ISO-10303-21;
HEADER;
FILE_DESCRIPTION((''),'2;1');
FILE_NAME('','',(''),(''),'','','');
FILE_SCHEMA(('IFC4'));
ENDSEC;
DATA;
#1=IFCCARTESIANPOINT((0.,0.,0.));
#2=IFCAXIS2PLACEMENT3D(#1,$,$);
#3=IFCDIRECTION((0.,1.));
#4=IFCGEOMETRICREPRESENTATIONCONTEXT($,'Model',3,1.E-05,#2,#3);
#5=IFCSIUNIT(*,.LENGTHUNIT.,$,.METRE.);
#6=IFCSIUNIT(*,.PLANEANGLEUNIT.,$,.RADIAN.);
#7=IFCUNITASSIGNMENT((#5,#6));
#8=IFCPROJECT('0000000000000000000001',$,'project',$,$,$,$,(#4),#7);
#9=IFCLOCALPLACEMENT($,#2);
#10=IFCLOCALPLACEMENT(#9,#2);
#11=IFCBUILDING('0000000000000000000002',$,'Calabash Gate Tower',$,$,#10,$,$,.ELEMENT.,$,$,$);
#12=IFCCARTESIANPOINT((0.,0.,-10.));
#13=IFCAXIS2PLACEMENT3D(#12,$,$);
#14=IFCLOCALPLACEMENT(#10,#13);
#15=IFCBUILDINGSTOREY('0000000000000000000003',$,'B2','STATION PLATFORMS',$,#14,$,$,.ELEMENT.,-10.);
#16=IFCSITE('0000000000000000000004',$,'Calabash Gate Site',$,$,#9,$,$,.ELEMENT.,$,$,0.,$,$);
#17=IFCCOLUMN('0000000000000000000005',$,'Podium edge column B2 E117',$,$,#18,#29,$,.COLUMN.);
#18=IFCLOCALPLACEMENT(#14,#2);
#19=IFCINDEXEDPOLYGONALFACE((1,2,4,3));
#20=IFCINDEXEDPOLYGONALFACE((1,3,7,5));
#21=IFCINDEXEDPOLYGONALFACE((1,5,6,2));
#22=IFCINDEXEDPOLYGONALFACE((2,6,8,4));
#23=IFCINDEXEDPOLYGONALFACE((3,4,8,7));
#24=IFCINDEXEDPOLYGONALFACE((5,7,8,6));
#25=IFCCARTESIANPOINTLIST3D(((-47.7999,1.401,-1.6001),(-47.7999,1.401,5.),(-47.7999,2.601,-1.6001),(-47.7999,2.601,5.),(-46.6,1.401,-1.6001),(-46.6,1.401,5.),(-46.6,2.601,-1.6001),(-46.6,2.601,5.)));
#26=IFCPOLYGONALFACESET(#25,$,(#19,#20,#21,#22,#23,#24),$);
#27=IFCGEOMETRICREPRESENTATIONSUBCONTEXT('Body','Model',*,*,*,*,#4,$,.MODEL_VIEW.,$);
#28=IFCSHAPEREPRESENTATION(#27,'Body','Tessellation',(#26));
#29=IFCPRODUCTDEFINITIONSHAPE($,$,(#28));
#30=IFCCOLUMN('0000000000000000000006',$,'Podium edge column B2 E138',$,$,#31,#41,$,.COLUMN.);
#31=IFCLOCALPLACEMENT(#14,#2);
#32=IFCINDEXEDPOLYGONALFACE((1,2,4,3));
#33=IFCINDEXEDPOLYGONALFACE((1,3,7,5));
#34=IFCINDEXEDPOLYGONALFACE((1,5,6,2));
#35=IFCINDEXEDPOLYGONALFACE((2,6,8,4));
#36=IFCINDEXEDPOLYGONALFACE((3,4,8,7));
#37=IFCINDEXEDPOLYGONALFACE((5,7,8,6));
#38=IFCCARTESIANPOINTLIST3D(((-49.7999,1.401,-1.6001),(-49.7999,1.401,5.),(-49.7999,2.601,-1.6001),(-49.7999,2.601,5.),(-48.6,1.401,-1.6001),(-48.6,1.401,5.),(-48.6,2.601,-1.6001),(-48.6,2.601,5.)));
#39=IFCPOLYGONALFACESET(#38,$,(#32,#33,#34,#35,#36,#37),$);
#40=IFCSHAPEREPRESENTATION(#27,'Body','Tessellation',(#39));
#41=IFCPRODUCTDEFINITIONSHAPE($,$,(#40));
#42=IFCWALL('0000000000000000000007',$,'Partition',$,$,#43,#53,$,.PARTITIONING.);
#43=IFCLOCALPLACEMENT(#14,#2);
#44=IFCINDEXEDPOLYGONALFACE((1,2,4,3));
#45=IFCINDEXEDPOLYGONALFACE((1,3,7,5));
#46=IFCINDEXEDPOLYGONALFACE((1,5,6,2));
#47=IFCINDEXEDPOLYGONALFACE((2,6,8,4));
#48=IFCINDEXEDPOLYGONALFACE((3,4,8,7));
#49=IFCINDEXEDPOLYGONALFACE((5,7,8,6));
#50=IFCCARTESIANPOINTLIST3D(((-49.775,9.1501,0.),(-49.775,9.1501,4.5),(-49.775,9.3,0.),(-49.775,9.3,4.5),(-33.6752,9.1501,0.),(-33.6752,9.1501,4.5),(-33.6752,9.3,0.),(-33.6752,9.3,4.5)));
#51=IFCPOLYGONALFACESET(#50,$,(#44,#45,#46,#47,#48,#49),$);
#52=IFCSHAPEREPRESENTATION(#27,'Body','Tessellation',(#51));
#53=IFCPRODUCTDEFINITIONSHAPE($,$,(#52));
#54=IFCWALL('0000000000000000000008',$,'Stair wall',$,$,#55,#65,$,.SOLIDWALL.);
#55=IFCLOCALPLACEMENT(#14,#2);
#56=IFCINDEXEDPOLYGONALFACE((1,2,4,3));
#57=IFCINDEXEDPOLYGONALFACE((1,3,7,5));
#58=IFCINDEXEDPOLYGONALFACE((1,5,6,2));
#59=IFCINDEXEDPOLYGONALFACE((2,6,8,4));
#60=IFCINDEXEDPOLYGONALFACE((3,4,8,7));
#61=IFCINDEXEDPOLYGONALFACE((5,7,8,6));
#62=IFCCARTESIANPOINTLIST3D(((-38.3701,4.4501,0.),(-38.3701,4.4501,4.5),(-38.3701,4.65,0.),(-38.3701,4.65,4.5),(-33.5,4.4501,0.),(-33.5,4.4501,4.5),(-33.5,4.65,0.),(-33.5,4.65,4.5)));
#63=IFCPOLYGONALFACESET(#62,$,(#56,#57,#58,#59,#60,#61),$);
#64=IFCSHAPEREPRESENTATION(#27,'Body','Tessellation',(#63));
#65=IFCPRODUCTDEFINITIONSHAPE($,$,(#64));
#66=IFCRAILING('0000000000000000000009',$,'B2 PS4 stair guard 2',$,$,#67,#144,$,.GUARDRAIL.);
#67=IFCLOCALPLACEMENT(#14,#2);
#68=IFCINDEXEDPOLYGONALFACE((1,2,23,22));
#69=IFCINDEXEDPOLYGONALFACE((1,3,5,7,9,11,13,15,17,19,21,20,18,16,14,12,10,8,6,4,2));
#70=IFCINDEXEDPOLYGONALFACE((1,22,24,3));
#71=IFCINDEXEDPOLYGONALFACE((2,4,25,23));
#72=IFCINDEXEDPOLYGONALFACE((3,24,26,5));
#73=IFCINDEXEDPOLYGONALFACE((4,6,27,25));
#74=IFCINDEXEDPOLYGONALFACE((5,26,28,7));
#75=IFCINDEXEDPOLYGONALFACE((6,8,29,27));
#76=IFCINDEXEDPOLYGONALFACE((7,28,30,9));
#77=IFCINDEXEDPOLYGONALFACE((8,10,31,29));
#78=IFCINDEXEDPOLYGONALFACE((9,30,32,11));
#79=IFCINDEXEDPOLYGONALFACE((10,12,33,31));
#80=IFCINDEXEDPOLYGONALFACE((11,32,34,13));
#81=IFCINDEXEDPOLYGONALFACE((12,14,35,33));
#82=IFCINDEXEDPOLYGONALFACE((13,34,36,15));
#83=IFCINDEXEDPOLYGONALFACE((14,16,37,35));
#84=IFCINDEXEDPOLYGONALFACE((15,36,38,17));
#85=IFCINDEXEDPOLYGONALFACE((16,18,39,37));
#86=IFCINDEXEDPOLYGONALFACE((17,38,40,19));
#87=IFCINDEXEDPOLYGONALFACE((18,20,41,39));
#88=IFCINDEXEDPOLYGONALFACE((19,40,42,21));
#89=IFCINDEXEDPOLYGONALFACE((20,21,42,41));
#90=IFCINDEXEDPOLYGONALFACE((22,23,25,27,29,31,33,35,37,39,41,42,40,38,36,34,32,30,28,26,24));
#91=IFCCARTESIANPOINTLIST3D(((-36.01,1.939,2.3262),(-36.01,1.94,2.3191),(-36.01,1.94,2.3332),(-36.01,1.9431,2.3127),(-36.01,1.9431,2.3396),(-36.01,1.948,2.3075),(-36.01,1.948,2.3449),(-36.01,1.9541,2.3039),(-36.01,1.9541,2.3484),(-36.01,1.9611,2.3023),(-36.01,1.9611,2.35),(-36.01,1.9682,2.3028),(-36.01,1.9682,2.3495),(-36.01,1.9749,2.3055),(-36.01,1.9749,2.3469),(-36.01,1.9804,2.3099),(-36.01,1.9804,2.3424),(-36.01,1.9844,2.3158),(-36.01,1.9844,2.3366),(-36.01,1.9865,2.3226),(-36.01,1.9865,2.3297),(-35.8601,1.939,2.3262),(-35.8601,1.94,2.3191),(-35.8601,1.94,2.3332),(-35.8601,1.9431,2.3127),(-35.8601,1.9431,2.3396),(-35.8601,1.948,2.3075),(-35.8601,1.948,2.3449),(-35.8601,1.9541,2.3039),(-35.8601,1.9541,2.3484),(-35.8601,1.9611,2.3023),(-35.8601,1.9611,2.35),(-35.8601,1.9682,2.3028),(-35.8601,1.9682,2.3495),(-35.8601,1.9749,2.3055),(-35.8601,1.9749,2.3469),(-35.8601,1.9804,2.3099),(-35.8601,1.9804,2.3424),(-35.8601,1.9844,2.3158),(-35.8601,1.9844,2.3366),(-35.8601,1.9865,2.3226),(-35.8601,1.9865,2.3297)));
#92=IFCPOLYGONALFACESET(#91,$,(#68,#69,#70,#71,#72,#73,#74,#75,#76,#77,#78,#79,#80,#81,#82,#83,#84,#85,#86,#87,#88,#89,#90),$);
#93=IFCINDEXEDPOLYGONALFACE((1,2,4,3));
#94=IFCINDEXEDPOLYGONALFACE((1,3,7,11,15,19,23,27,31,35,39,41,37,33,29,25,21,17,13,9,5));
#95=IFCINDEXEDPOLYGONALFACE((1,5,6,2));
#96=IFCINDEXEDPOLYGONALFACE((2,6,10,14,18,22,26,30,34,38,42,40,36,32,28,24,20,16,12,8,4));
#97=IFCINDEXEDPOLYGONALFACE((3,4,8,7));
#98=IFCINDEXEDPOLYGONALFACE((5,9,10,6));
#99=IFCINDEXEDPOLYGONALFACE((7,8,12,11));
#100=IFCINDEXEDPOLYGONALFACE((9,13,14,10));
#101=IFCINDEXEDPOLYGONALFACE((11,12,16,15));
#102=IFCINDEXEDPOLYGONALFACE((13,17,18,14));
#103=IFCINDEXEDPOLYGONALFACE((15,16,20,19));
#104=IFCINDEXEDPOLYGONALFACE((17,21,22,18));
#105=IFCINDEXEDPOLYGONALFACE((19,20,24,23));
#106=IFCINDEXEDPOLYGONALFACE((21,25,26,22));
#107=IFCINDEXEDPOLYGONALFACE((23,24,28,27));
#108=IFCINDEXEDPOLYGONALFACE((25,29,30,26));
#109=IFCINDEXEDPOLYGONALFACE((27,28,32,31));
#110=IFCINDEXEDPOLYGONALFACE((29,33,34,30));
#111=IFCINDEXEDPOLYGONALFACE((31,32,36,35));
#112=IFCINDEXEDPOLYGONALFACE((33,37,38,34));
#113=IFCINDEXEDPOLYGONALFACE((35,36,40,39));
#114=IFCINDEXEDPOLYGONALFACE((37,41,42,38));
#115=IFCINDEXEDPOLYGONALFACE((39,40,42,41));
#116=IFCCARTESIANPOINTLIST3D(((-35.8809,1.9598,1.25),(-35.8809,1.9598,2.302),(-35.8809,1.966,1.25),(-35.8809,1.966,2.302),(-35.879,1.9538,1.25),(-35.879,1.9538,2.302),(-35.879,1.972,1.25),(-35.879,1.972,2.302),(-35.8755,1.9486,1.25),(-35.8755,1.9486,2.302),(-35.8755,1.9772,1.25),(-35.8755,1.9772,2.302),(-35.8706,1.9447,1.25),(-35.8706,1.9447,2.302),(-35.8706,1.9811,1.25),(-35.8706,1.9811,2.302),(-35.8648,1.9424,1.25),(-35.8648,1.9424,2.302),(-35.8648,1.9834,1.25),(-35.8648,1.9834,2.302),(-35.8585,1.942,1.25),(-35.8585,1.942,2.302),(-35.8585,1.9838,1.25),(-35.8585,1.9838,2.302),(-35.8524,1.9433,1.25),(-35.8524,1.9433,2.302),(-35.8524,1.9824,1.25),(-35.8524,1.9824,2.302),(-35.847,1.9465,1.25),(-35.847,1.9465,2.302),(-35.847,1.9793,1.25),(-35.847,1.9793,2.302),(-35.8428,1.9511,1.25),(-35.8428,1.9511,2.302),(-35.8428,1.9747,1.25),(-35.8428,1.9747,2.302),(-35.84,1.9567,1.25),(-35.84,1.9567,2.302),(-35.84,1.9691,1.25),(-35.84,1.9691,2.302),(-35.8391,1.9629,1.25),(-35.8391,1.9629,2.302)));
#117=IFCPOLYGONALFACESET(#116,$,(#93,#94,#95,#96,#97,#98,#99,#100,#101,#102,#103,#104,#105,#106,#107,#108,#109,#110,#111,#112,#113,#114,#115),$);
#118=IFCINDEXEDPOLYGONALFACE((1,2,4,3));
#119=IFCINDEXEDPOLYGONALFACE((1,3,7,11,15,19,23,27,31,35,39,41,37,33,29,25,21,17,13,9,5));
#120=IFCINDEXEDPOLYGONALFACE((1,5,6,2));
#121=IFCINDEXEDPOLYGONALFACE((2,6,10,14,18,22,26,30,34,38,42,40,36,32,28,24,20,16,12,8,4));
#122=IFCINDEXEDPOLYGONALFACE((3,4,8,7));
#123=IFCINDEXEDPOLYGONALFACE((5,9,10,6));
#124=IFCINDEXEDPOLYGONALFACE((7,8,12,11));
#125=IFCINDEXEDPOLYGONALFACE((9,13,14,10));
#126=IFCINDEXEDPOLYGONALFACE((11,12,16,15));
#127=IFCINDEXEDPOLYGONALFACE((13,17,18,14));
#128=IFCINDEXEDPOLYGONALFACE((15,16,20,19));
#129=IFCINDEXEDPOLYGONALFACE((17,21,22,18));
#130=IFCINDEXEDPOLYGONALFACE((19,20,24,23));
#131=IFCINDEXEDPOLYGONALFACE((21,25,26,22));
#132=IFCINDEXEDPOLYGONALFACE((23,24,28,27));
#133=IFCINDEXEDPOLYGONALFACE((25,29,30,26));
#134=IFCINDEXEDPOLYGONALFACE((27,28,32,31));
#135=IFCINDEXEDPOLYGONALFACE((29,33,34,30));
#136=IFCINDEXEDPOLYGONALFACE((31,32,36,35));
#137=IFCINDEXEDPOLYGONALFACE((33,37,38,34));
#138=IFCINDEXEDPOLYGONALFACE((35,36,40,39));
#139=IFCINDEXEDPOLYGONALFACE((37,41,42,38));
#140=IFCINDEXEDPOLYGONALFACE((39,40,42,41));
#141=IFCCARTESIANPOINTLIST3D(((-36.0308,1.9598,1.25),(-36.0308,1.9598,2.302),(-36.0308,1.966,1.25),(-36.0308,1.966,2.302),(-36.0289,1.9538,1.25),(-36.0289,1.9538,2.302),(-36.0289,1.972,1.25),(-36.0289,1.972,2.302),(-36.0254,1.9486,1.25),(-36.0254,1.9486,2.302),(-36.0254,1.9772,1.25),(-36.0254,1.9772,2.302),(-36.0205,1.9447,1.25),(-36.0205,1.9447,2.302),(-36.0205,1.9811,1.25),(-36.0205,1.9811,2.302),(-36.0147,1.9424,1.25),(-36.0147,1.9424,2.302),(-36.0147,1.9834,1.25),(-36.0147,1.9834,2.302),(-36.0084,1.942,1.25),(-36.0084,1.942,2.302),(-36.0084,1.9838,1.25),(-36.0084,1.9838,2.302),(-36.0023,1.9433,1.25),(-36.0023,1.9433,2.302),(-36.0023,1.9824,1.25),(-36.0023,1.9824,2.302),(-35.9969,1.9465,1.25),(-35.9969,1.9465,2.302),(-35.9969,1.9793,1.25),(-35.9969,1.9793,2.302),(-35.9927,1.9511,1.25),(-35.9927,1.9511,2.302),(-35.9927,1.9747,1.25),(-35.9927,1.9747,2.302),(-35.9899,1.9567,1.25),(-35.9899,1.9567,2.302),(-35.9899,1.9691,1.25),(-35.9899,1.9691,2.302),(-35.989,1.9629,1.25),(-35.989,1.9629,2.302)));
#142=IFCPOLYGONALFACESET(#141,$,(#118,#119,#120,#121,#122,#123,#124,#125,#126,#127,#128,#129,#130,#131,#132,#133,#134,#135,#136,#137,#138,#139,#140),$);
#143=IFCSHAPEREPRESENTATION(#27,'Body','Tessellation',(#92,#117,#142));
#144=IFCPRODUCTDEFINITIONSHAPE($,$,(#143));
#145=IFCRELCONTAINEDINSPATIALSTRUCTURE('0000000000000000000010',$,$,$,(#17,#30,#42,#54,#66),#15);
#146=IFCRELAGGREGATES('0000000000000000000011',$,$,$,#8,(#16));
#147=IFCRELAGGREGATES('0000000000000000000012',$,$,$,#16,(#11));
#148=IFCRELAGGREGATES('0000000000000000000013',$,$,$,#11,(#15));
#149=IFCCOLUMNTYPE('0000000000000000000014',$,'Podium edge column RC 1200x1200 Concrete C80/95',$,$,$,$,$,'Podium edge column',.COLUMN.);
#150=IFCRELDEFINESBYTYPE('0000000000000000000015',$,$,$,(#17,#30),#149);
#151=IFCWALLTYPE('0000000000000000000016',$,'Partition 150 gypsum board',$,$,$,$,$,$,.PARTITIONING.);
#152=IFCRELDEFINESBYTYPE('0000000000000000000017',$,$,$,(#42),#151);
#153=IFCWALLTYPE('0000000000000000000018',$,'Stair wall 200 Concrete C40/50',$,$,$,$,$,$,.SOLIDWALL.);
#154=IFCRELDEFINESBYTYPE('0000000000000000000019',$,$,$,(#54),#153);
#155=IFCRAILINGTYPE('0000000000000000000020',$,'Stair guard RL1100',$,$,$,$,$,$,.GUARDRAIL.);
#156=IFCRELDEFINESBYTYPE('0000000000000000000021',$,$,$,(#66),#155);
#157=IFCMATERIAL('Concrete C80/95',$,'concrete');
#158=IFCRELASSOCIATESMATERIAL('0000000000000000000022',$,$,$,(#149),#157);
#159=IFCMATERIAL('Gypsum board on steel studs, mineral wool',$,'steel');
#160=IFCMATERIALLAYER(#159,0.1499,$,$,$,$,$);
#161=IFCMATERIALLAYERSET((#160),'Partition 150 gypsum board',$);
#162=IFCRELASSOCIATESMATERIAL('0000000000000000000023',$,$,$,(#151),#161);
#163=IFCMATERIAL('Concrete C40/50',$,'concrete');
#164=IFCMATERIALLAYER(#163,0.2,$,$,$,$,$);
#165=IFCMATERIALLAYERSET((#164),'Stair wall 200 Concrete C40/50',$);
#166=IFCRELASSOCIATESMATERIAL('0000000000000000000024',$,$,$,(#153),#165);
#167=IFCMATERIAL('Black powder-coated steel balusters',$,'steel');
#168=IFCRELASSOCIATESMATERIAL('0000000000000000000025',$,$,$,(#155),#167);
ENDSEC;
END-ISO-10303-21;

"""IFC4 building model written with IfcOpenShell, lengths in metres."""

from ifc_helpers import new_model, si_unit, direction, frame, frame_2d, origin, origin_2d, place, context, subcontext, project, spatial, rectangle, circle, extrude, material, layer, layer_set, material_profile, profile_set, type_object, element, save


model = new_model("IFC4")

# Units and contexts
model_context = context("Model", 3, precision=1e-05, world=origin(), true_north=direction((0.0, 1.0)))
body_context = subcontext(model_context, "Body", "Model", "MODEL_VIEW")
ifc_project = project(units=[si_unit("LENGTHUNIT", "METRE"), si_unit("PLANEANGLEUNIT", "RADIAN")], contexts=[model_context])

# Site, building, storey
site_placement = place(None, origin())
site = spatial("IfcSite", under=ifc_project, at=site_placement, Name="Calabash Gate Site", CompositionType="ELEMENT", RefElevation=0.0)
building_placement = place(site_placement, origin())
building = spatial("IfcBuilding", under=site, at=building_placement, Name="Calabash Gate Tower", CompositionType="ELEMENT")
storey_placement = place(building_placement, frame((0.0, 0.0, -10.0)))
storey = spatial("IfcBuildingStorey", under=building, at=storey_placement, Name="B2", Description="STATION PLATFORMS", CompositionType="ELEMENT", Elevation=-10.0)

# Columns
ifc_material_1 = material(Name="Concrete C80/95", Category="concrete")
ifc_material_profile_1 = material_profile(ifc_material_1, rectangle(XDim=1.2, YDim=1.2, at=origin_2d()))
ifc_profile_set_1 = profile_set([ifc_material_profile_1], Name="Concrete C80/95")
column_type_1 = type_object("IfcColumnType", Name="Podium edge column RC 1200x1200 Concrete C80/95", ElementType="Podium edge column", PredefinedType="COLUMN", material=ifc_profile_set_1)
for number, where, z_axis, x_axis, name in (
    (1, (-47.2, 2.001, -1.6001), (0.0, 0.0, 1.0), (1.0, 0.0, 0.0), "Podium edge column B2 E117"),
    (2, (-49.2, 2.001, -1.6001), (0.0, 0.0, 1.0), (1.0, 0.0, 0.0), "Podium edge column B2 E138"),
):
    element("IfcColumn", number, at=place(storey_placement, frame(where, z_axis=z_axis, x_axis=x_axis)), inside=storey, type_object=column_type_1, Name=name, PredefinedType="COLUMN", context=body_context, shape_type="SweptSolid", body=[
        extrude(rectangle(XDim=1.2, YDim=1.2, at=origin_2d()), origin(), (0.0, 0.0, 1.0), 6.6001),
    ])

# Walls
ifc_material_2 = material(Name="Gypsum board on steel studs, mineral wool", Category="steel")
ifc_layer_1 = layer(ifc_material_2, 0.1499)
ifc_layer_set_1 = layer_set([ifc_layer_1], Name="Partition 150 gypsum board")
wall_type_1 = type_object("IfcWallType", Name="Partition 150 gypsum board", PredefinedType="PARTITIONING", material=ifc_layer_set_1)
wall_1_placement = place(storey_placement, frame((-49.7749, 9.2251, 0.0), z_axis=(0.0, 0.0, 1.0), x_axis=(1.0, 0.0, 0.0)))
element("IfcWall", 3, at=wall_1_placement, inside=storey, type_object=wall_type_1, Name="Partition", PredefinedType="PARTITIONING", context=body_context, shape_type="SweptSolid", body=[
    extrude(rectangle(XDim=16.0999, YDim=0.1499, at=frame_2d((8.0498, 0.0))), origin(), (0.0, 0.0, 1.0), 4.5),
])
ifc_material_3 = material(Name="Concrete C40/50", Category="concrete")
ifc_layer_2 = layer(ifc_material_3, 0.2)
ifc_layer_set_2 = layer_set([ifc_layer_2], Name="Stair wall 200 Concrete C40/50")
wall_type_2 = type_object("IfcWallType", Name="Stair wall 200 Concrete C40/50", PredefinedType="SOLIDWALL", material=ifc_layer_set_2)
wall_2_placement = place(storey_placement, frame((-38.3701, 4.55, 0.0), z_axis=(0.0, 0.0, 1.0), x_axis=(1.0, 0.0, 0.0)))
element("IfcWall", 4, at=wall_2_placement, inside=storey, type_object=wall_type_2, Name="Stair wall", PredefinedType="SOLIDWALL", context=body_context, shape_type="SweptSolid", body=[
    extrude(rectangle(XDim=4.8701, YDim=0.2, at=frame_2d((2.4351, 0.0))), origin(), (0.0, 0.0, 1.0), 4.5),
])

# Railing
ifc_material_4 = material(Name="Black powder-coated steel balusters", Category="steel")
railing_type_1 = type_object("IfcRailingType", Name="Stair guard RL1100", PredefinedType="GUARDRAIL", material=ifc_material_4)
railing_1_placement = place(storey_placement, frame((-35.8601, 1.9629, 1.25)))
element("IfcRailing", 5, at=railing_1_placement, inside=storey, type_object=railing_type_1, Name="B2 PS4 stair guard 2", PredefinedType="GUARDRAIL", context=body_context, shape_type="SweptSolid", body=[
    extrude(circle(Radius=0.0239, at=origin_2d()), frame((0.0, 0.0, 1.0762), z_axis=(-1.0, 0.0, 0.0), x_axis=(0.0, -1.0, 0.0)), (0.0, 0.0, 1.0), 0.1499),
    extrude(circle(Radius=0.021, at=origin_2d()), origin(), (0.0, 0.0, 1.0), 1.052),
    extrude(circle(Radius=0.021, at=origin_2d()), frame((-0.1499, 0.0, 0.0)), (0.0, 0.0, 1.0), 1.052),
])

save(model, "model.ifc")
